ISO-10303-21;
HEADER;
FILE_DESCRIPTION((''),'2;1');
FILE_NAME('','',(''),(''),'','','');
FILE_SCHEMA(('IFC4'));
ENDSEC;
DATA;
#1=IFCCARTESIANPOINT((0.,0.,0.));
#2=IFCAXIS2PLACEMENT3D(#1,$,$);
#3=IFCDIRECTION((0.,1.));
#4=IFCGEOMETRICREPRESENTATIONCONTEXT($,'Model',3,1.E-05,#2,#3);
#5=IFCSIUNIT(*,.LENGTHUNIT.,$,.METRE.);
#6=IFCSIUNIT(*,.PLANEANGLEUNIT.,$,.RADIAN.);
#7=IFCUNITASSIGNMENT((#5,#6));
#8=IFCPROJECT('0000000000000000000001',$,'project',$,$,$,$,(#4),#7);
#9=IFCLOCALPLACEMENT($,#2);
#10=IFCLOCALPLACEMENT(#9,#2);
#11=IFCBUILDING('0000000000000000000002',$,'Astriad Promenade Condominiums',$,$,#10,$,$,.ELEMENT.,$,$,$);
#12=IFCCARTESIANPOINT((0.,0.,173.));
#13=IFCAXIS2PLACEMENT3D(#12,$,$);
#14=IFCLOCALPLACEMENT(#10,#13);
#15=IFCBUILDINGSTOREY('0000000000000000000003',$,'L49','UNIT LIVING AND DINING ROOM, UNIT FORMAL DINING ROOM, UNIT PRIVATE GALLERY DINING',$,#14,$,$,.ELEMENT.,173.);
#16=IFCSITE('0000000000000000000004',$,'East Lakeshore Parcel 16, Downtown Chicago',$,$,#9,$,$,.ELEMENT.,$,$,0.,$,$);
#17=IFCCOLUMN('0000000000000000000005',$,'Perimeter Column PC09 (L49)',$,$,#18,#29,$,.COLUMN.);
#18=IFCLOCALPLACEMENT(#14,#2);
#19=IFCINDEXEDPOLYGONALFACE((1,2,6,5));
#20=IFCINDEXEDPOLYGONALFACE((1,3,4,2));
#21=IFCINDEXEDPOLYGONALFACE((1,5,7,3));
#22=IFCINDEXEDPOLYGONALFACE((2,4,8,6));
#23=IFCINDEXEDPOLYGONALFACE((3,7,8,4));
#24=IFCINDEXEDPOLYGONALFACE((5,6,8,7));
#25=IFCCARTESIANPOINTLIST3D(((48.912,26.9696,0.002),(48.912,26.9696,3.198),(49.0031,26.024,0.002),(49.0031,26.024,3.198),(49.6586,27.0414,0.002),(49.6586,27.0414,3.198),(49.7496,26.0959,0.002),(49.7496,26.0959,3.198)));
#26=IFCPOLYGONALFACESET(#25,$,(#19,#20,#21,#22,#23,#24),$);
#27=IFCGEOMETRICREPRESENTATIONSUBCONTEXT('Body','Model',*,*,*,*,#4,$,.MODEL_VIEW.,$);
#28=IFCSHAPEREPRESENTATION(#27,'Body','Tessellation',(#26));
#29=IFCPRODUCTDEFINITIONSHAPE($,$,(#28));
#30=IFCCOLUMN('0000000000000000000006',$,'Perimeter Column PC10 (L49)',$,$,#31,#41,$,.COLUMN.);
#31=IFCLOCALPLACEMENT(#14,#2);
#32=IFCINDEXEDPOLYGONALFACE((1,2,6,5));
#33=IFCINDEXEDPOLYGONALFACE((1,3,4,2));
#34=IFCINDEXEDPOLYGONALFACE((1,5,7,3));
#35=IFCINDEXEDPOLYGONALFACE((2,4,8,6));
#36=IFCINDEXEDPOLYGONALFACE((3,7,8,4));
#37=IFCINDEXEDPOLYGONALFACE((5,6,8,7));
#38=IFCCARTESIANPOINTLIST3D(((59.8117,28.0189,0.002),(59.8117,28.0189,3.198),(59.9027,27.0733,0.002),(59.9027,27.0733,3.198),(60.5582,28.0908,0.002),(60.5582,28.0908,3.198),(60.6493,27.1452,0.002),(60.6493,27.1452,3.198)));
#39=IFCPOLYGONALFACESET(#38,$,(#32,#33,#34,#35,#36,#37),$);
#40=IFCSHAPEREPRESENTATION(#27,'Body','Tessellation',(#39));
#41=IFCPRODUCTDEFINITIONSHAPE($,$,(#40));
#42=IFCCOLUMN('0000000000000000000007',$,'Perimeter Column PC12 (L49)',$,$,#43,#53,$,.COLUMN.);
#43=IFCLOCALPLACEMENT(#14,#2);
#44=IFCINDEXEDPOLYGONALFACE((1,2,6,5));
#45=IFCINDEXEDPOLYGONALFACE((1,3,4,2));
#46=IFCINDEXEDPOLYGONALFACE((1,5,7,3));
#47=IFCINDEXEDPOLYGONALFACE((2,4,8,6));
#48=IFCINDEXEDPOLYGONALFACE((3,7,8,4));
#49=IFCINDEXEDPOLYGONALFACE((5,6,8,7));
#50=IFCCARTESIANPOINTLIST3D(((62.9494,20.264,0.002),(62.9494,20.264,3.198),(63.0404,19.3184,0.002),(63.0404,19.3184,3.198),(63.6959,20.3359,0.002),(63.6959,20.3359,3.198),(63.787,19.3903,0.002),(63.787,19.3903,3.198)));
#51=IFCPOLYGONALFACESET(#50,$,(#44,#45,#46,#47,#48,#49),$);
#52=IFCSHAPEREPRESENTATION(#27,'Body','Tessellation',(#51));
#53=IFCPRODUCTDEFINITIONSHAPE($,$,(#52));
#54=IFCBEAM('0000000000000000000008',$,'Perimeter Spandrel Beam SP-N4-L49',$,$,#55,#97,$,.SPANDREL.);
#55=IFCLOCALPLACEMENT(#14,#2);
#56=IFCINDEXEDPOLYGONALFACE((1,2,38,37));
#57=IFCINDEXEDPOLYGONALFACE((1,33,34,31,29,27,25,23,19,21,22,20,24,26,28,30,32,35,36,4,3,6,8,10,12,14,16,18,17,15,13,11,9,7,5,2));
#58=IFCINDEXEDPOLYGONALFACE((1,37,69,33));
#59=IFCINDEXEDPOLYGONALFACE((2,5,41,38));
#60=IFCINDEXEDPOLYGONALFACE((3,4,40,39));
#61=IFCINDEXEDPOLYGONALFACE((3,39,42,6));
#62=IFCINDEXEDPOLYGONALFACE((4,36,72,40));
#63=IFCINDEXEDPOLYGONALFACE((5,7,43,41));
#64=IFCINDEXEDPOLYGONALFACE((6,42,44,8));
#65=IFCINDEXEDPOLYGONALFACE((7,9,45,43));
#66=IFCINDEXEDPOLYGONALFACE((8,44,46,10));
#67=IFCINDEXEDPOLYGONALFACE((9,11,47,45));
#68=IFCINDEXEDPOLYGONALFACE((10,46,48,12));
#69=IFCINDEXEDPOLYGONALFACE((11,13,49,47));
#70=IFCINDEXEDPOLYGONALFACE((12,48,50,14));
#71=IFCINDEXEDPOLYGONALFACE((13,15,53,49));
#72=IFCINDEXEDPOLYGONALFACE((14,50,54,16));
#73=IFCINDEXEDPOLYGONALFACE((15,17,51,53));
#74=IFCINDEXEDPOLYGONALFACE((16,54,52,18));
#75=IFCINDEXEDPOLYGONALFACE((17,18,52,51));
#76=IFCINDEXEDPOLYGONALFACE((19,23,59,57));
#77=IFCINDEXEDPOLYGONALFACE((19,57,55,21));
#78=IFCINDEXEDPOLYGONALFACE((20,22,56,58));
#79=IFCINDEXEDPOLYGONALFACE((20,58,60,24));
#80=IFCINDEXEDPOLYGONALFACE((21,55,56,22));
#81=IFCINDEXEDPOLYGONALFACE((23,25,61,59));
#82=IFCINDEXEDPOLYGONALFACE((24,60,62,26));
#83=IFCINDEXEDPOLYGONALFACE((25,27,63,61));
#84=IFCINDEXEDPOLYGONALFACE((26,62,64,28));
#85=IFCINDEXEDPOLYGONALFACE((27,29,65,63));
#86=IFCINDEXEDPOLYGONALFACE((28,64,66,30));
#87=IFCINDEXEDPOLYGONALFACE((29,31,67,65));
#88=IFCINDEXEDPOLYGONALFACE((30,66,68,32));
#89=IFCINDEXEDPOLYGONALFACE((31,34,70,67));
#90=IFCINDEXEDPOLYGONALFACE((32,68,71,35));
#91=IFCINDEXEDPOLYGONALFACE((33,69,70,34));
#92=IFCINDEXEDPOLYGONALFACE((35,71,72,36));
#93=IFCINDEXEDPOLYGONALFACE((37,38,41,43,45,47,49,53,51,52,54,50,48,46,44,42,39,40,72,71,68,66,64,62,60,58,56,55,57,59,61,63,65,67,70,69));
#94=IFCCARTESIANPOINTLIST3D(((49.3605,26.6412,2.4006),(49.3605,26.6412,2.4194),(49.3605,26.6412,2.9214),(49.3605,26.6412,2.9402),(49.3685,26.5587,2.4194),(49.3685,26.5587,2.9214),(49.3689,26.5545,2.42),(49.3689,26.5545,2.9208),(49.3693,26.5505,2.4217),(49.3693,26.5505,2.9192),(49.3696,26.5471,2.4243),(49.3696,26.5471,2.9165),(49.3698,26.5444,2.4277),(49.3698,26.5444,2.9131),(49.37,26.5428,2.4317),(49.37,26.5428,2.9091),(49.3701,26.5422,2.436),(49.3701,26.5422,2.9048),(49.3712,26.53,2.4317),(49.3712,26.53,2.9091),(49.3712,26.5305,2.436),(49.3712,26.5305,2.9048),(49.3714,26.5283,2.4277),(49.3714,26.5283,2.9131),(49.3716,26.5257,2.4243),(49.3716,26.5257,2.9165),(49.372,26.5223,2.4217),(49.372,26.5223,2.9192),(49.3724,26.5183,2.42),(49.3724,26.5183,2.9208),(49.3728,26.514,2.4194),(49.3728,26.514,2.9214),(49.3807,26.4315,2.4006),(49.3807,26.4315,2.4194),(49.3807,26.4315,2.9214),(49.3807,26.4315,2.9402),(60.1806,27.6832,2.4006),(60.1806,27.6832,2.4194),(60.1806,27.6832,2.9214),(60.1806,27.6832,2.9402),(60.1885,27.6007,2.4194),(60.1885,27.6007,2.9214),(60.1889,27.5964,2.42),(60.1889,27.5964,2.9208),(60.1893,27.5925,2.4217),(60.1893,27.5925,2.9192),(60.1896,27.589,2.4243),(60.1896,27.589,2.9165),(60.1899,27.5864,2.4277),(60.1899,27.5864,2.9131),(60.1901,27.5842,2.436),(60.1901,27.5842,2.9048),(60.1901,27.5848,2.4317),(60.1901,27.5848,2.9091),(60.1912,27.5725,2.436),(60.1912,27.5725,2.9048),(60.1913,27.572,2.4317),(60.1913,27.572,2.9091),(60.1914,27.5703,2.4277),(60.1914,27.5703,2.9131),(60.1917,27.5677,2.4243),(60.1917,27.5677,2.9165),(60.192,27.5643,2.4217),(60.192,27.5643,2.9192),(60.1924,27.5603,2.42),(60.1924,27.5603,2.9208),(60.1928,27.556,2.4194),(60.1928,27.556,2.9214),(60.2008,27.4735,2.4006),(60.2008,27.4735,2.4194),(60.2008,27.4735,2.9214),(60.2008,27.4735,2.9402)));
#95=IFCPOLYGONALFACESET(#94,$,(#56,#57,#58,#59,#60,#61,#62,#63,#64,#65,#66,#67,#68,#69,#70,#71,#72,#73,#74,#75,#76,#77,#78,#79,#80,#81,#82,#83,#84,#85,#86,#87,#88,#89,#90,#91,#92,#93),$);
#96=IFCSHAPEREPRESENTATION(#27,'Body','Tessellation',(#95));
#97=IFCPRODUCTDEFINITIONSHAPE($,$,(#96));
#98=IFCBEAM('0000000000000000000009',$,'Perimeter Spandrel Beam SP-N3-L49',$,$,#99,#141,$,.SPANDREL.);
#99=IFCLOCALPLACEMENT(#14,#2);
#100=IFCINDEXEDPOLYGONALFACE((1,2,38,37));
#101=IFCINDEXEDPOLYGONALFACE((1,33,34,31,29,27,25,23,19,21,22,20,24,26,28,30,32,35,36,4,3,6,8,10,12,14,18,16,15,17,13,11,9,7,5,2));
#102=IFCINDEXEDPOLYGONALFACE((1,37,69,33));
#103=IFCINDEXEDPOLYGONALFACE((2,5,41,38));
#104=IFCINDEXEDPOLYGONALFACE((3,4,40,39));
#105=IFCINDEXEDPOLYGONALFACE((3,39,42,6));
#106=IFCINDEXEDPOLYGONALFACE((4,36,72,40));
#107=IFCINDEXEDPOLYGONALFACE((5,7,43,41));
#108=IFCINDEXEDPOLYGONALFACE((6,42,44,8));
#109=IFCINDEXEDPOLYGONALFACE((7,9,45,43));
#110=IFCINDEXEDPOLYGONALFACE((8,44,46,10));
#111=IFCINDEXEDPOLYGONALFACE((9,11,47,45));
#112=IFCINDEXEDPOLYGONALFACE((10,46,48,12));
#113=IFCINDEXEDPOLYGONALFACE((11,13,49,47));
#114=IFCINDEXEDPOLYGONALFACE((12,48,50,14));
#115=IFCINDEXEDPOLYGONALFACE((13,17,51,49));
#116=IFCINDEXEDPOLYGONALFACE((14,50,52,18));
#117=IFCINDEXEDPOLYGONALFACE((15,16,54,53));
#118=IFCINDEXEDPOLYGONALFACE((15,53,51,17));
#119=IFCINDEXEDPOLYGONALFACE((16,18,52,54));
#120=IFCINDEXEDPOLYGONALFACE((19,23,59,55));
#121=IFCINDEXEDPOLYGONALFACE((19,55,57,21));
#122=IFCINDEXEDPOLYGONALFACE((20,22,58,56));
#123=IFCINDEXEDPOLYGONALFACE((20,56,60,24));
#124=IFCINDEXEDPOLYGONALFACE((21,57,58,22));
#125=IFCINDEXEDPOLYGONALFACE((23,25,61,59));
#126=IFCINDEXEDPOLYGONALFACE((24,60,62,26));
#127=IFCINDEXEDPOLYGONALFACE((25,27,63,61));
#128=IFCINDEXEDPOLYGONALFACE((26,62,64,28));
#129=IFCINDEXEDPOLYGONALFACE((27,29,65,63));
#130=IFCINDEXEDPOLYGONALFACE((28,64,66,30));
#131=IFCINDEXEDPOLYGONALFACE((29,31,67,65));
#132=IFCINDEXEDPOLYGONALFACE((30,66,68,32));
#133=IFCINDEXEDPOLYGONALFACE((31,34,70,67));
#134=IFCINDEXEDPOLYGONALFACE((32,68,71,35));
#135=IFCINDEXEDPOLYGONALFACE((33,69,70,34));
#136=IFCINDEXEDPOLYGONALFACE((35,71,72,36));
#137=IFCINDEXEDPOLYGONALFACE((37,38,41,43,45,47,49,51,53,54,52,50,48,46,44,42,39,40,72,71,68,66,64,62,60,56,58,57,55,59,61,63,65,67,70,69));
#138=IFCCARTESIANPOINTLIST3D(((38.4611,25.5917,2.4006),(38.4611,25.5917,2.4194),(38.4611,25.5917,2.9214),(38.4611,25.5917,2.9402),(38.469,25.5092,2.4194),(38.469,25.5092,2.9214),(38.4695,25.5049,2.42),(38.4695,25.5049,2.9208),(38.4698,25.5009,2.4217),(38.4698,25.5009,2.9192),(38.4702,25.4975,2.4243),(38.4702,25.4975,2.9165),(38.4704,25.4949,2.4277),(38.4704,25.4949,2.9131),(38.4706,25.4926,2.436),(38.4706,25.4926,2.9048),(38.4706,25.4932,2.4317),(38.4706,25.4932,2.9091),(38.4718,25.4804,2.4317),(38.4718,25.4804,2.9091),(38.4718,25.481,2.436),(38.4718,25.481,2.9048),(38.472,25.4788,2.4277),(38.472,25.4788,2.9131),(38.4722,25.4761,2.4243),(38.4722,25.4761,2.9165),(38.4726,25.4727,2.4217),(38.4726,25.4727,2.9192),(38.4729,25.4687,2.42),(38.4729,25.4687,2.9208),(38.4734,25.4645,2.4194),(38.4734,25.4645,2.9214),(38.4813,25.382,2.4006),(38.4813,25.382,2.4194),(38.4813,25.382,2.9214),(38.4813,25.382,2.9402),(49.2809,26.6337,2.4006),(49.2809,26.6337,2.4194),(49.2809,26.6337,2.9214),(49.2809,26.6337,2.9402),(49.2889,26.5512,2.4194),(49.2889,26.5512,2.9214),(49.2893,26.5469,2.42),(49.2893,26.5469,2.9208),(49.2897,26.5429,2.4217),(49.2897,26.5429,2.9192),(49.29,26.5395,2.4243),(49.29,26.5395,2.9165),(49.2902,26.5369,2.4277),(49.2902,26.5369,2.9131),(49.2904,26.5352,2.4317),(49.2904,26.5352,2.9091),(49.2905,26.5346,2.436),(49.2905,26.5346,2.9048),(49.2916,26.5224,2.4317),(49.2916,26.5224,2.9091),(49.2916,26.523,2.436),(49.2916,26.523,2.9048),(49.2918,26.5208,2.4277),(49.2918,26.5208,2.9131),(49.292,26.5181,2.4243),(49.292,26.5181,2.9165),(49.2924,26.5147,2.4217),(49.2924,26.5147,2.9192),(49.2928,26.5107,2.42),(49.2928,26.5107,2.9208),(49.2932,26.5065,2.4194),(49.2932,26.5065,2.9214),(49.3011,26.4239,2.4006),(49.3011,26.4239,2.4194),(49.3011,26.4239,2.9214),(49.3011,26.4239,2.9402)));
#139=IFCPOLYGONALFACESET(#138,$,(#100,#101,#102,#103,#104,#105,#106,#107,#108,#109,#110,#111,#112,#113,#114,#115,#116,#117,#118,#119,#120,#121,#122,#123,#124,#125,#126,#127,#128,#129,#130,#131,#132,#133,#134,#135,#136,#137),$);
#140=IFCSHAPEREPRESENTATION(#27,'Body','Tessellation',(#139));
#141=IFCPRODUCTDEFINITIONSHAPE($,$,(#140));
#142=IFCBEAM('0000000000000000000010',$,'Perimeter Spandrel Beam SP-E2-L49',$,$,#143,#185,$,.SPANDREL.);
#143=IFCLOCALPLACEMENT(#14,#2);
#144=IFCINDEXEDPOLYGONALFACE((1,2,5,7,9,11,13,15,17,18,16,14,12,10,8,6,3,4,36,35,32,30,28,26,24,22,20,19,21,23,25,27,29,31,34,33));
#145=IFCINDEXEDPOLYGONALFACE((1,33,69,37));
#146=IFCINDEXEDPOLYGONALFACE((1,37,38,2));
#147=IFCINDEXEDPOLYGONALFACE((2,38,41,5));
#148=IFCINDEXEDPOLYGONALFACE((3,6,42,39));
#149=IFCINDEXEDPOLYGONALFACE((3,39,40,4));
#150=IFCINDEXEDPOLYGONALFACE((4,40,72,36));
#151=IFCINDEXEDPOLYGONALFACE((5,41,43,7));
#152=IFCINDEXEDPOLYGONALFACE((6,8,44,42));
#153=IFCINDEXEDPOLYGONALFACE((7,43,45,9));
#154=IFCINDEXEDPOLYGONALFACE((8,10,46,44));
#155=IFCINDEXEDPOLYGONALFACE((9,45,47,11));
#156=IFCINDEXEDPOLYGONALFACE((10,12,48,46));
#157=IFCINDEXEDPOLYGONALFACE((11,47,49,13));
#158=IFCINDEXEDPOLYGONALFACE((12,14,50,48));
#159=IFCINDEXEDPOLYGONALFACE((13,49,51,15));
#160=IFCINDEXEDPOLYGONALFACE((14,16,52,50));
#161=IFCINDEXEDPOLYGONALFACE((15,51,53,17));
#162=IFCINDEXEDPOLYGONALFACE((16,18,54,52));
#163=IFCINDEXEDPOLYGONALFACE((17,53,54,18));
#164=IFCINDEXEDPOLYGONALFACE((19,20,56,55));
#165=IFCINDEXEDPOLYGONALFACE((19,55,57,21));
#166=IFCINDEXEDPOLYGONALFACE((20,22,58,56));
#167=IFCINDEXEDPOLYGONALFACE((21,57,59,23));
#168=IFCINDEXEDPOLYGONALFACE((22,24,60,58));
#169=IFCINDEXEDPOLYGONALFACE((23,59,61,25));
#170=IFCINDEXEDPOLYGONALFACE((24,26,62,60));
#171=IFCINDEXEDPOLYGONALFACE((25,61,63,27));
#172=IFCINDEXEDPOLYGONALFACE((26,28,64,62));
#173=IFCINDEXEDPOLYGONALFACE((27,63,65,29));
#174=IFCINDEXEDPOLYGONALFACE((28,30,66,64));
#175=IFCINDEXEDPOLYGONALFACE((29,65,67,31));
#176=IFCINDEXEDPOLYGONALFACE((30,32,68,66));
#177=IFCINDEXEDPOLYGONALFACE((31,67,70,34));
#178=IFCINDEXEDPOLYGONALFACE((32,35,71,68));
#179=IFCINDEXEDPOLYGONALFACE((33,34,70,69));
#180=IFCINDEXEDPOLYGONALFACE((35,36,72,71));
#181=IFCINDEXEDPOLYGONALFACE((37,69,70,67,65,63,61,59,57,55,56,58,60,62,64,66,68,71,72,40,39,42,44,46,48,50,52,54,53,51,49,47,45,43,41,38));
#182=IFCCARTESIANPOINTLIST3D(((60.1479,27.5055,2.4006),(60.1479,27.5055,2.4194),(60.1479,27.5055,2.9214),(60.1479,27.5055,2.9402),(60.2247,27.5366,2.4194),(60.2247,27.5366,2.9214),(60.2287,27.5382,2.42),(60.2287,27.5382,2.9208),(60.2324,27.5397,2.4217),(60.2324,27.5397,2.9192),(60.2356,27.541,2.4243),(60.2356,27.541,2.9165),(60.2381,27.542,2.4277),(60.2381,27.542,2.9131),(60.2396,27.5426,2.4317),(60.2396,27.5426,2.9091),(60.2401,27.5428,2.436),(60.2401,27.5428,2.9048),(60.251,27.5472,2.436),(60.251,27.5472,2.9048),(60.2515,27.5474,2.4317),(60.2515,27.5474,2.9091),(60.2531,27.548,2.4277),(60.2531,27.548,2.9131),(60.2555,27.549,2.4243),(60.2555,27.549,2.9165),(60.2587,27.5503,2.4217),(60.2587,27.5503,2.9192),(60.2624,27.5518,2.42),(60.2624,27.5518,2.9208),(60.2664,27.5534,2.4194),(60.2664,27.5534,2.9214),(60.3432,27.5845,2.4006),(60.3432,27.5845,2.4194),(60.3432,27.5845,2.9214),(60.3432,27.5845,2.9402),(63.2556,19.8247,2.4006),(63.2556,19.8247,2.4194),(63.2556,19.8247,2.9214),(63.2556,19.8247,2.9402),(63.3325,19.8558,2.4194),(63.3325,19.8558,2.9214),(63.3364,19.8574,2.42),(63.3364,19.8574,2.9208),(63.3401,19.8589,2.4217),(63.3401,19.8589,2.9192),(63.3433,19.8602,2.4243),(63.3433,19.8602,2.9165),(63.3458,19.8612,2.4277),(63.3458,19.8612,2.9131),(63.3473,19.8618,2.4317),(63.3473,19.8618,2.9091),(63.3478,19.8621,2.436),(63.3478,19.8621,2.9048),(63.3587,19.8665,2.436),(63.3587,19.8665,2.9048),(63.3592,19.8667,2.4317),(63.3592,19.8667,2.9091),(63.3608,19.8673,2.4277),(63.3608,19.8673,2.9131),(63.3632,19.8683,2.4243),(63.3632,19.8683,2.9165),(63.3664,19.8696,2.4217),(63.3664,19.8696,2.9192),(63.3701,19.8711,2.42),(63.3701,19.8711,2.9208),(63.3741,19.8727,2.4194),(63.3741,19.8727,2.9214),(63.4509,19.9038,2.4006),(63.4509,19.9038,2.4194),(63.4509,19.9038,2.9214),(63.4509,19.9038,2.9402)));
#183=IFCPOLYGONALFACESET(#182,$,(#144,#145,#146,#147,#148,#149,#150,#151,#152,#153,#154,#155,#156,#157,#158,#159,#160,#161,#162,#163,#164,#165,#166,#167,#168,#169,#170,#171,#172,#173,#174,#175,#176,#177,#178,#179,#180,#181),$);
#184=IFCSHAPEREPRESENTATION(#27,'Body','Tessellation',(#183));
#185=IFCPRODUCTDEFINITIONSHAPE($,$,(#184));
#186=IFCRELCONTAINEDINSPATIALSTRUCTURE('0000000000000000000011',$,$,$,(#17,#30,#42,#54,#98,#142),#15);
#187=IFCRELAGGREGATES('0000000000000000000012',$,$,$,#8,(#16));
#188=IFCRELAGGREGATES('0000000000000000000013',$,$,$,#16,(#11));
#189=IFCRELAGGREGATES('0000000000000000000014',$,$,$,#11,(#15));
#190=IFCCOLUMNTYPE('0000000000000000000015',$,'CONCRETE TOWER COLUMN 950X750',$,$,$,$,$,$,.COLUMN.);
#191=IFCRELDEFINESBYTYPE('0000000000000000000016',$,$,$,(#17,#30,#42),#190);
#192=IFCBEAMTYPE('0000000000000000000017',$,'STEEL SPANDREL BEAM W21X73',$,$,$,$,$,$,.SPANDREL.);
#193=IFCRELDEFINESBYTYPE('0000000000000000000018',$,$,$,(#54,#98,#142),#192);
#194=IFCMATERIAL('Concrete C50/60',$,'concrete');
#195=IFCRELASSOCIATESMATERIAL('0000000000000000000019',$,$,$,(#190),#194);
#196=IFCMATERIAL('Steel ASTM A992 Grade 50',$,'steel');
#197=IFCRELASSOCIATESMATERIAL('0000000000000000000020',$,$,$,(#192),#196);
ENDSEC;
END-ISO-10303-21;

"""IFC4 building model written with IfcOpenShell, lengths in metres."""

from ifc_helpers import new_model, si_unit, direction, frame, origin, origin_2d, place, context, subcontext, project, spatial, rectangle, i_section, extrude, source, transform, mapped, material, material_profile, profile_set, type_object, type_shapes, element, save


model = new_model("IFC4")

# Units and contexts
model_context = context("Model", 3, precision=1e-05, world=origin(), true_north=direction((0.0, 1.0)))
body_context = subcontext(model_context, "Body", "Model", "MODEL_VIEW")
ifc_project = project(units=[si_unit("LENGTHUNIT", "METRE"), si_unit("PLANEANGLEUNIT", "RADIAN")], contexts=[model_context])

# Site, building, storey
site_placement = place(None, origin())
site = spatial("IfcSite", under=ifc_project, at=site_placement, Name="East Lakeshore Parcel 16, Downtown Chicago", CompositionType="ELEMENT", RefElevation=0.0)
building_placement = place(site_placement, origin())
building = spatial("IfcBuilding", under=site, at=building_placement, Name="Astriad Promenade Condominiums", CompositionType="ELEMENT")
storey_placement = place(building_placement, frame((0.0, 0.0, 173.0)))
storey = spatial("IfcBuildingStorey", under=building, at=storey_placement, Name="L49", Description="UNIT LIVING AND DINING ROOM, UNIT FORMAL DINING ROOM, UNIT PRIVATE GALLERY DINING", CompositionType="ELEMENT", Elevation=173.0)

# Columns
ifc_material_1 = material(Name="Concrete C50/60", Category="concrete")
ifc_material_profile_1 = material_profile(ifc_material_1, rectangle(XDim=0.75, YDim=0.95, at=origin_2d()), Name="RC-COL-950X750")
ifc_profile_set_1 = profile_set([ifc_material_profile_1], Name="Concrete C50/60")
column_type = type_object("IfcColumnType", Name="CONCRETE TOWER COLUMN 950X750", PredefinedType="COLUMN", material=ifc_profile_set_1)
shared_shape_1 = source(origin(), body_context, "Body", "SweptSolid", [
    extrude(rectangle(XDim=0.75, YDim=0.95, at=origin_2d()), origin(), (0.0, 0.0, 1.0), 3.196),
])
type_shapes(column_type, [shared_shape_1])
for number, where, z_axis, x_axis, name in (
    (1, (49.3308, 26.5327, 0.002), (0.0, 0.0, 1.0), (0.995396, 0.095846, 0.0), "Perimeter Column PC09 (L49)"),
    (2, (60.2305, 27.582, 0.002), (0.0, 0.0, 1.0), (0.995396, 0.095846, 0.0), "Perimeter Column PC10 (L49)"),
    (3, (63.3682, 19.8271, 0.002), (0.0, 0.0, 1.0), (0.995396, 0.095846, 0.0), "Perimeter Column PC12 (L49)"),
):
    element("IfcColumn", number, at=place(storey_placement, frame(where, z_axis=z_axis, x_axis=x_axis)), inside=storey, type_object=column_type, Name=name, PredefinedType="COLUMN", context=body_context, shape_type="MappedRepresentation", body=[
        mapped(shared_shape_1, transform((0.0, 0.0, 0.0), scale=1.0)),
    ])

# Beams
ifc_material_2 = material(Name="Steel ASTM A992 Grade 50", Category="steel")
ifc_material_profile_2 = material_profile(ifc_material_2, i_section(OverallWidth=0.2107, OverallDepth=0.5396, WebThickness=0.0117, FlangeThickness=0.0188, FilletRadius=0.0166, at=origin_2d()), Name="W21X73")
ifc_profile_set_2 = profile_set([ifc_material_profile_2], Name="Steel ASTM A992 Grade 50")
beam_type_1 = type_object("IfcBeamType", Name="STEEL SPANDREL BEAM W21X73", PredefinedType="SPANDREL", material=ifc_profile_set_2)
shared_shape_2 = source(origin(), body_context, "Body", "SweptSolid", [
    extrude(i_section(OverallWidth=0.2107, OverallDepth=0.5396, WebThickness=0.0117, FlangeThickness=0.0188, FilletRadius=0.0166, at=origin_2d()), origin(), (0.0, 0.0, 1.0), 10.8701),
])
beam_1_placement = place(storey_placement, frame((60.1907, 27.5784, 2.6704), z_axis=(-0.995395, -0.095858, 0.0), x_axis=(0.095858, -0.995395, 0.0)))
element("IfcBeam", 4, at=beam_1_placement, inside=storey, type_object=beam_type_1, Name="Perimeter Spandrel Beam SP-N4-L49", PredefinedType="SPANDREL", context=body_context, shape_type="MappedRepresentation", body=[
    mapped(shared_shape_2, transform((0.0, 0.0, 0.0), scale=1.0)),
])
shared_shape_3 = source(origin(), body_context, "Body", "SweptSolid", [
    extrude(i_section(OverallWidth=0.2107, OverallDepth=0.5396, WebThickness=0.0117, FlangeThickness=0.0188, FilletRadius=0.0166, at=origin_2d()), origin(), (0.0, 0.0, 1.0), 10.8699),
])
beam_2_placement = place(storey_placement, frame((49.291, 26.5288, 2.6704), z_axis=(-0.995395, -0.09586, 0.0), x_axis=(0.09586, -0.995395, 0.0)))
element("IfcBeam", 5, at=beam_2_placement, inside=storey, type_object=beam_type_1, Name="Perimeter Spandrel Beam SP-N3-L49", PredefinedType="SPANDREL", context=body_context, shape_type="MappedRepresentation", body=[
    mapped(shared_shape_3, transform((0.0, 0.0, 0.0), scale=1.0)),
])
shared_shape_4 = source(origin(), body_context, "Body", "SweptSolid", [
    extrude(i_section(OverallWidth=0.2107, OverallDepth=0.5396, WebThickness=0.0117, FlangeThickness=0.0188, FilletRadius=0.0166, at=origin_2d()), origin(), (0.0, 0.0, 1.0), 8.2856),
])
type_shapes(beam_type_1, [shared_shape_2, shared_shape_3, shared_shape_4])
beam_3_placement = place(storey_placement, frame((63.3533, 19.8643, 2.6704), z_axis=(-0.375071, 0.926996, 0.0), x_axis=(-0.926996, -0.375071, 0.0)))
element("IfcBeam", 6, at=beam_3_placement, inside=storey, type_object=beam_type_1, Name="Perimeter Spandrel Beam SP-E2-L49", PredefinedType="SPANDREL", context=body_context, shape_type="MappedRepresentation", body=[
    mapped(shared_shape_4, transform((0.0, 0.0, 0.0), scale=1.0)),
])

save(model, "model.ifc")
